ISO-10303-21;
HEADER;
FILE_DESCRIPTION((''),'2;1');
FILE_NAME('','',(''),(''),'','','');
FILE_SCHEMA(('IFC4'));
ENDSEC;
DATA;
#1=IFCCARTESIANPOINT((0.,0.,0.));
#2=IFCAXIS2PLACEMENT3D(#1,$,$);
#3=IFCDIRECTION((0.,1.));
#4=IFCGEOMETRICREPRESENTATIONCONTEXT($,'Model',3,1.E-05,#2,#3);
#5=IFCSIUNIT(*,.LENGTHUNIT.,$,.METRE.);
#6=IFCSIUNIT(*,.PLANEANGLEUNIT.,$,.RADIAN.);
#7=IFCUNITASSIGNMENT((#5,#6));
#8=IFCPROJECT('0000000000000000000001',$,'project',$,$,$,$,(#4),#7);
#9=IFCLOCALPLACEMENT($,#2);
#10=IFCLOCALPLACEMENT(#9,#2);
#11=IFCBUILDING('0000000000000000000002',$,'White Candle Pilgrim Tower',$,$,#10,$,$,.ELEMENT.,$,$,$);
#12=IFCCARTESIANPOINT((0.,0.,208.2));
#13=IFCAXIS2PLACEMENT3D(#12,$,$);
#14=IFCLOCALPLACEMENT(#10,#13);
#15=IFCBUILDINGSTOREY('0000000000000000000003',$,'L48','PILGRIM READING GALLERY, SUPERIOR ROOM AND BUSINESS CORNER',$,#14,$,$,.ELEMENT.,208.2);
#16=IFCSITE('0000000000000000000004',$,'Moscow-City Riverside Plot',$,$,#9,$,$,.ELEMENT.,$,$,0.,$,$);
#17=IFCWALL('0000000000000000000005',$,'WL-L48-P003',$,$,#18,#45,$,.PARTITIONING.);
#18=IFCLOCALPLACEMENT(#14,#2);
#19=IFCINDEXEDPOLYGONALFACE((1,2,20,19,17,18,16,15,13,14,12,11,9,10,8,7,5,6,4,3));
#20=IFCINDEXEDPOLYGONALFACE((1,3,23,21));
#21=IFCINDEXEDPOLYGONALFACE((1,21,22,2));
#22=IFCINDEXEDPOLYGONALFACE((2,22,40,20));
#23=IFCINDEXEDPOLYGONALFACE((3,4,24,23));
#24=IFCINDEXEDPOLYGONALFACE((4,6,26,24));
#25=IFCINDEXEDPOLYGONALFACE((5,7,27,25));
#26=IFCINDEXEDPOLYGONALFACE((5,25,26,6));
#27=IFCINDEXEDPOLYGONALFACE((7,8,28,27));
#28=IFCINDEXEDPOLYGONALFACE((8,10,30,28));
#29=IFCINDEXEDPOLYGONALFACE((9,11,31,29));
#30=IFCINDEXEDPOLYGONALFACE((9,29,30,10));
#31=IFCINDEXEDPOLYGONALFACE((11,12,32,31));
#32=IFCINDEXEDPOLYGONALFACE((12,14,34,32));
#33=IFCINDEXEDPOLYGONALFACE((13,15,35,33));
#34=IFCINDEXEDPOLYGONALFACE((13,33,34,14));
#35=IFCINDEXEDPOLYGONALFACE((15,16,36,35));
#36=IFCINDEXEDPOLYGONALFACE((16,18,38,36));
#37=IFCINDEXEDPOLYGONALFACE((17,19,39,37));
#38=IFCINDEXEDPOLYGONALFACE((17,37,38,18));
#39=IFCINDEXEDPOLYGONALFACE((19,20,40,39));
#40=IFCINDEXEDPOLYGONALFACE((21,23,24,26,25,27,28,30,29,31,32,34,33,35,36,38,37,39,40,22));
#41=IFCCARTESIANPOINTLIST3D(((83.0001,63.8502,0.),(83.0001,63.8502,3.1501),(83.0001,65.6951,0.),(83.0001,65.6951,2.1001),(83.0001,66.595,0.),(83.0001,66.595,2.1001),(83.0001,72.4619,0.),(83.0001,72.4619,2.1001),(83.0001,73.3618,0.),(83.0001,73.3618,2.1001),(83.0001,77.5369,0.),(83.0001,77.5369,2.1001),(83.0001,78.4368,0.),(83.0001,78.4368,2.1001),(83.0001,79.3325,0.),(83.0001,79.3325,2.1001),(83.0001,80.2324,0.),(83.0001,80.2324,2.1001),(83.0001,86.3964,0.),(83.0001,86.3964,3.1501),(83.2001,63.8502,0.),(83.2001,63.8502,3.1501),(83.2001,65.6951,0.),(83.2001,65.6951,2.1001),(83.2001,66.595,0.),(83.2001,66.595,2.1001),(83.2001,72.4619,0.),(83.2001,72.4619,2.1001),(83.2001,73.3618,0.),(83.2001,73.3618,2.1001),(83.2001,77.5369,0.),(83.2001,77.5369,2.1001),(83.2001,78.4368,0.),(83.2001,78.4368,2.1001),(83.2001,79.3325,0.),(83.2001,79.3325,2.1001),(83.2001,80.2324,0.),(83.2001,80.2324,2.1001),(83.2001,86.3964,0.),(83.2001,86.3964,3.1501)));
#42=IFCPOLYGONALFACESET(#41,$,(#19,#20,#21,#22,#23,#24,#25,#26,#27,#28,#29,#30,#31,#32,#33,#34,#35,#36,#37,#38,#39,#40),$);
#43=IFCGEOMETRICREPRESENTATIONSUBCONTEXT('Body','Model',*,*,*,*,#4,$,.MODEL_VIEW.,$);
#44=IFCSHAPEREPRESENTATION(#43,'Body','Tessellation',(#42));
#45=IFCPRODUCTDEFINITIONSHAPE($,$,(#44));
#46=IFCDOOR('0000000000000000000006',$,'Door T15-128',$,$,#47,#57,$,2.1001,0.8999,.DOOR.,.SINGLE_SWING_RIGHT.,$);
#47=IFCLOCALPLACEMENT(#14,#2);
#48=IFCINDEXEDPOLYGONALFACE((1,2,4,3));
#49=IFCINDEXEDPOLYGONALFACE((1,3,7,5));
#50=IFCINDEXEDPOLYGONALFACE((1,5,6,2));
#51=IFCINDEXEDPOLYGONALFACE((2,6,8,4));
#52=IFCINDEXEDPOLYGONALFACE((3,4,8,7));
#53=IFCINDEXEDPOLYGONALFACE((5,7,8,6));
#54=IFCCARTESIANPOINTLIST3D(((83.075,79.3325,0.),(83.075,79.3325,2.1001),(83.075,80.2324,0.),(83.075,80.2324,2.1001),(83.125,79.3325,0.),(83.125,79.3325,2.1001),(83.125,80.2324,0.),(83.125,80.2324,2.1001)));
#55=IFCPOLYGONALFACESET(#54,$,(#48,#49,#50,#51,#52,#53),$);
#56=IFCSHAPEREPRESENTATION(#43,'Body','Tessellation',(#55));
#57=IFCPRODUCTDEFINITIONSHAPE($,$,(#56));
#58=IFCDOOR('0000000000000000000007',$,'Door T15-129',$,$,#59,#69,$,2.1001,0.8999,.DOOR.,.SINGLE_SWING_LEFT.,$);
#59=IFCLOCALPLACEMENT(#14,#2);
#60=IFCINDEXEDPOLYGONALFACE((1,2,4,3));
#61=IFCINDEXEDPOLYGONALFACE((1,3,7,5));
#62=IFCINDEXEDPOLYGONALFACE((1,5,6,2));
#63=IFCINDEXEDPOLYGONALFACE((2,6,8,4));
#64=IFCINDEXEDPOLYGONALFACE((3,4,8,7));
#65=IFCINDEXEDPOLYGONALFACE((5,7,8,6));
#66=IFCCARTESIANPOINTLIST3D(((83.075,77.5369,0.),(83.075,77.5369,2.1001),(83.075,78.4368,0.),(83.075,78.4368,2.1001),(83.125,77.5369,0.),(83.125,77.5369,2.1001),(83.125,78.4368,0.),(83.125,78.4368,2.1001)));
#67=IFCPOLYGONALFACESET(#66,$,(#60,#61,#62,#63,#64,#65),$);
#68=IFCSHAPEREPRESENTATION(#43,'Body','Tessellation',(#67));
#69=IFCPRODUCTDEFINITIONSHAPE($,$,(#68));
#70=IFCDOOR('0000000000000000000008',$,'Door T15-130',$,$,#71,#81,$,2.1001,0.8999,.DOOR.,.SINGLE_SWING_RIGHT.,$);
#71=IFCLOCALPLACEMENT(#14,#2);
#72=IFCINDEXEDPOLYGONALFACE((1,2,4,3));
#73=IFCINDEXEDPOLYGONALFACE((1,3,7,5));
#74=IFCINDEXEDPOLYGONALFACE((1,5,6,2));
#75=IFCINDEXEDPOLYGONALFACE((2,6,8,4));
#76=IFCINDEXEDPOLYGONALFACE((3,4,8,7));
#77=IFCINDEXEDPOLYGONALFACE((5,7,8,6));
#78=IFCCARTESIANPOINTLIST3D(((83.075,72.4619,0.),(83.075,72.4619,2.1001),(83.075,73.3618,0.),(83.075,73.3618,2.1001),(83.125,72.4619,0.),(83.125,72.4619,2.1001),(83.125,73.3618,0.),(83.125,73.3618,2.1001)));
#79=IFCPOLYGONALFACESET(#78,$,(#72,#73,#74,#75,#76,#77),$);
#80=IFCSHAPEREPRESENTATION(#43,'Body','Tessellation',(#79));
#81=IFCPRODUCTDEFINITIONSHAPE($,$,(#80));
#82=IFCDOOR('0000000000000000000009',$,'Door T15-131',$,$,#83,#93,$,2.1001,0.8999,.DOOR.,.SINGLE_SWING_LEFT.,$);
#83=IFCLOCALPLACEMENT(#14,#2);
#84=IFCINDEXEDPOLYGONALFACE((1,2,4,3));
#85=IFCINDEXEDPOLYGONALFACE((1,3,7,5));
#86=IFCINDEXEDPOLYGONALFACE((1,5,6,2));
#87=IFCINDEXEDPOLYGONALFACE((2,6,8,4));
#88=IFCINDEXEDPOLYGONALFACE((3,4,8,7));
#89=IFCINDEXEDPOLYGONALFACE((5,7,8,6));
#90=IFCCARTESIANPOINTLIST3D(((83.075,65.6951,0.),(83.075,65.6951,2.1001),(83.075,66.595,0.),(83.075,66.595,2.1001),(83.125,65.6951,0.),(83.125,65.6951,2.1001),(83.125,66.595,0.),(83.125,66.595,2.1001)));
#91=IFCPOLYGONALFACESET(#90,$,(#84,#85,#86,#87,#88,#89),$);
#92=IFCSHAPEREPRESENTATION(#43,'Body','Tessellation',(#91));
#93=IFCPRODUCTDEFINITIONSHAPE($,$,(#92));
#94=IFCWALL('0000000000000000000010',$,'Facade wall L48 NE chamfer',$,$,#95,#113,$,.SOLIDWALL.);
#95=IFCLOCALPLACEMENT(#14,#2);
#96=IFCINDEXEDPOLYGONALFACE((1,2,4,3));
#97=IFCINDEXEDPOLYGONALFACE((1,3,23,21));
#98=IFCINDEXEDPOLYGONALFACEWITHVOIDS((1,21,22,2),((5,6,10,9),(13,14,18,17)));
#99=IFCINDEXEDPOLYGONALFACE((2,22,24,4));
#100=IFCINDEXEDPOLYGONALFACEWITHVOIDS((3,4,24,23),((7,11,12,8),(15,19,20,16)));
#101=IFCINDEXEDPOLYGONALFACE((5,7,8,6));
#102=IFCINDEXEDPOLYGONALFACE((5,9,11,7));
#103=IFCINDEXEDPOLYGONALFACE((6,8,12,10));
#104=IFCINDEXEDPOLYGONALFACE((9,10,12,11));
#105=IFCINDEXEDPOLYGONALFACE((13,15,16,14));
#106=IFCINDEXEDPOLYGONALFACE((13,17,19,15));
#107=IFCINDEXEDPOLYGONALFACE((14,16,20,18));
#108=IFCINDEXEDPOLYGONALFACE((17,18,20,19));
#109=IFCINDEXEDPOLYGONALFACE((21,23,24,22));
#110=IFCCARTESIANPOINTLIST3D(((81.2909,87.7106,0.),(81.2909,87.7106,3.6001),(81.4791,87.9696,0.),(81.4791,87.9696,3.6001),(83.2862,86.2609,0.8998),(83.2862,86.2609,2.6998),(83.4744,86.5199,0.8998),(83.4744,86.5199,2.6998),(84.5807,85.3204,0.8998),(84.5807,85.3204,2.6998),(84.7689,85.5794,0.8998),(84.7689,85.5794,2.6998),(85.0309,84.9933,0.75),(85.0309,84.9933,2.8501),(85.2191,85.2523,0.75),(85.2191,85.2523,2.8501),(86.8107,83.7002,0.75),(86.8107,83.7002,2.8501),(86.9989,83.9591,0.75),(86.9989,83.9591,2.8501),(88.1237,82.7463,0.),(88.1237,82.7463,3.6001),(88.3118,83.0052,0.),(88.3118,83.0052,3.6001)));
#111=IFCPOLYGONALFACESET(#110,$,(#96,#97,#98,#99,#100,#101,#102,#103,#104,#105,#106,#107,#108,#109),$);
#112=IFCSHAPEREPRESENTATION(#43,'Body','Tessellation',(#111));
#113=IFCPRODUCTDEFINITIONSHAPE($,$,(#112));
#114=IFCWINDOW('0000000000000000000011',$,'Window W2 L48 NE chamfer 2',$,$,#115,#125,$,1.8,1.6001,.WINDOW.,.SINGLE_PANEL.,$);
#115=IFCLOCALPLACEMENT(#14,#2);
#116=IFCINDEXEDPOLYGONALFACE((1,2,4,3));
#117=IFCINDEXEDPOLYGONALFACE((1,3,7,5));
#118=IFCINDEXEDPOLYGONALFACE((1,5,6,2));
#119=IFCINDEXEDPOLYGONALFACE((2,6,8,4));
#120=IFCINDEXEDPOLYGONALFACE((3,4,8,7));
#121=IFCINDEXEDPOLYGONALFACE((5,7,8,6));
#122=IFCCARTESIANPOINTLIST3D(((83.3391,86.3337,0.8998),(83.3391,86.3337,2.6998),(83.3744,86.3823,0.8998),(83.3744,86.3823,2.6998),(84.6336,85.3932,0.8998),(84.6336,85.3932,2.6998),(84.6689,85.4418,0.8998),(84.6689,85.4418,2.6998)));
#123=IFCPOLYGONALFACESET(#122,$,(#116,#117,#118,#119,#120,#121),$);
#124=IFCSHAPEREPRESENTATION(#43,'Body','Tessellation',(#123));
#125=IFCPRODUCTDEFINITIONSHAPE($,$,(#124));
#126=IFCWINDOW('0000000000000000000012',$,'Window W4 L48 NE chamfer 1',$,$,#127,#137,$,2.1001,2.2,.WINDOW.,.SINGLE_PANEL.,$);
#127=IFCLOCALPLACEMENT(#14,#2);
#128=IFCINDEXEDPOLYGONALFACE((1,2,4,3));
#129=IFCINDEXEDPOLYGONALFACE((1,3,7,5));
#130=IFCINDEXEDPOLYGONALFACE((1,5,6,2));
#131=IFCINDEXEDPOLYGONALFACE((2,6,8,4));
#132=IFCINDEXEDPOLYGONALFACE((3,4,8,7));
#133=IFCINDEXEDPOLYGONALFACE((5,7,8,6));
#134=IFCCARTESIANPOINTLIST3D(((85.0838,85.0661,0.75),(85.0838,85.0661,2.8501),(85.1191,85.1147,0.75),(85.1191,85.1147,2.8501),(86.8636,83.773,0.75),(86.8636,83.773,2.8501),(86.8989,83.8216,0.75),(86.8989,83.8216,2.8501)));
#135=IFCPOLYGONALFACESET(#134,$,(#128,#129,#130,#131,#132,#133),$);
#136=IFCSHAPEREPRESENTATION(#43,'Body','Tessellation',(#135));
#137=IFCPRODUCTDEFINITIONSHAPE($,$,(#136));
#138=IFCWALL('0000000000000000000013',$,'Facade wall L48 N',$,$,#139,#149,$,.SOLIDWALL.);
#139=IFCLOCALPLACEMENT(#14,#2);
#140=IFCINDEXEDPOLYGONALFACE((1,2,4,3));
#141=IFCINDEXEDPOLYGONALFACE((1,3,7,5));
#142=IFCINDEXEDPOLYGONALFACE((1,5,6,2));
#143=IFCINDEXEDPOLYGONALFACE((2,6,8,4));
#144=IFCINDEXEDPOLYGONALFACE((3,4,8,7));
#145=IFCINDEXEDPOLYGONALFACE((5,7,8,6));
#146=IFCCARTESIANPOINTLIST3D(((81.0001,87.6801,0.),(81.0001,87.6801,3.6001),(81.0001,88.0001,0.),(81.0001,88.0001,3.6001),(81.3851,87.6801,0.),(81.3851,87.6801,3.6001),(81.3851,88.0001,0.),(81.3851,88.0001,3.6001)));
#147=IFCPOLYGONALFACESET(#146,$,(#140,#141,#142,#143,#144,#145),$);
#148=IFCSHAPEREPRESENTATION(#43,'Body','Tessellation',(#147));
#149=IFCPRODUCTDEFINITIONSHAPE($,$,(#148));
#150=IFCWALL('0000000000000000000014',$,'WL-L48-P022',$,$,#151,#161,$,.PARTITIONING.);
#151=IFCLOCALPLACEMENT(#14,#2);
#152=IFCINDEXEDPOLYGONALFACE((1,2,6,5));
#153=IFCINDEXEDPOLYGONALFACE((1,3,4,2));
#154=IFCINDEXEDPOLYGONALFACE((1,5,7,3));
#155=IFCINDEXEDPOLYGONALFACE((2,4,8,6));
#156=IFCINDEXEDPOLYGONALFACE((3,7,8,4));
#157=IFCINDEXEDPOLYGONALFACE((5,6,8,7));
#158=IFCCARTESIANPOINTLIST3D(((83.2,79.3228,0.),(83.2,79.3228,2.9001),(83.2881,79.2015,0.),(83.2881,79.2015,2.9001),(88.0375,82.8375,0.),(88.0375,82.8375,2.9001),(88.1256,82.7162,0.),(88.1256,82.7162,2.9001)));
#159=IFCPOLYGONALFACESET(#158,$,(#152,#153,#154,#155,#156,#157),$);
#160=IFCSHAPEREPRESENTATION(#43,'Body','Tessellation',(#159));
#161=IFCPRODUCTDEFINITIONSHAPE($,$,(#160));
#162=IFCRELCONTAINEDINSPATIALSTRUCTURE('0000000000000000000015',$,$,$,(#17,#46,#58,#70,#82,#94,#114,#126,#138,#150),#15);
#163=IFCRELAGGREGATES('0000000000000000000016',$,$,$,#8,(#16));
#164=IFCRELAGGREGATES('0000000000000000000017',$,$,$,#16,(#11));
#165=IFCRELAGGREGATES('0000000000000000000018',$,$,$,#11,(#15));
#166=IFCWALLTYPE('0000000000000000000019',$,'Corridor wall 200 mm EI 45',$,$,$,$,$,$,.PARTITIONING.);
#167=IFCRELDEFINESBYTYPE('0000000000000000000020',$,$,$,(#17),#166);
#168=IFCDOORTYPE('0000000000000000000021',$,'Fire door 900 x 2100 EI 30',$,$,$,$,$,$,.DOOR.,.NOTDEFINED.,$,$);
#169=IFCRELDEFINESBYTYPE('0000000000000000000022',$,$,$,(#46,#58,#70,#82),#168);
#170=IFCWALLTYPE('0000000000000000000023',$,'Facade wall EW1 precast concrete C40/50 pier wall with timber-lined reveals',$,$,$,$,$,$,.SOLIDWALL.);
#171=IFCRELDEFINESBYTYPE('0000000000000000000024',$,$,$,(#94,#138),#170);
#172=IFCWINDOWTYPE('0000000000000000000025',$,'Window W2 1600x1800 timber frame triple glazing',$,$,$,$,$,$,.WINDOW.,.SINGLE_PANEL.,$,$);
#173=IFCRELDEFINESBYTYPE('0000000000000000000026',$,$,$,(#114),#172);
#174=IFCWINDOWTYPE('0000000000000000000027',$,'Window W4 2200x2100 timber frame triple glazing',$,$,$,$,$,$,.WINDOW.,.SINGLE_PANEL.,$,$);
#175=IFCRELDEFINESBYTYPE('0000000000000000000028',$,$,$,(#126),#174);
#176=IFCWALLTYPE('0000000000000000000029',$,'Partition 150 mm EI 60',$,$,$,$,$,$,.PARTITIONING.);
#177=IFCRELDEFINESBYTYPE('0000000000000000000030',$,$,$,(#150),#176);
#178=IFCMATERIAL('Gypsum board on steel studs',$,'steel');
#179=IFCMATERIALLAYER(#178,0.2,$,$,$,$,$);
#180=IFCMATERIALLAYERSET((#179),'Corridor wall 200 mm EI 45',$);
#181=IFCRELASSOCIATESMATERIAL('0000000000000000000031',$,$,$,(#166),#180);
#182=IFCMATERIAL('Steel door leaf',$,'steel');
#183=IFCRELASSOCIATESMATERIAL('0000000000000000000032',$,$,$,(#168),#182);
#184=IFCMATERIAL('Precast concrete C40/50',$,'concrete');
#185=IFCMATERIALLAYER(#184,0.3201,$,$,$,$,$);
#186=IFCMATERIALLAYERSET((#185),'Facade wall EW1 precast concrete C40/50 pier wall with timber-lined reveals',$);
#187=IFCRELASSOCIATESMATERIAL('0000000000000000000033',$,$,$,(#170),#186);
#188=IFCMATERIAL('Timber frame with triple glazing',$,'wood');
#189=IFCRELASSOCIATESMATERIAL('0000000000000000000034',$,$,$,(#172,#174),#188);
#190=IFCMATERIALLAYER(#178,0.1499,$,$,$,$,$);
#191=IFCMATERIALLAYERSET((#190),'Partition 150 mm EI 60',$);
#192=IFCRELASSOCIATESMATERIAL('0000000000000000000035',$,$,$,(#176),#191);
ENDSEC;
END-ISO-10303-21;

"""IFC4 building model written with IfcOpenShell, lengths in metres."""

from ifc_helpers import new_model, si_unit, direction, frame, frame_2d, origin, place, context, subcontext, project, spatial, rectangle, extrude, material, layer, layer_set, type_object, element, fill, save


model = new_model("IFC4")

# Units and contexts
model_context = context("Model", 3, precision=1e-05, world=origin(), true_north=direction((0.0, 1.0)))
body_context = subcontext(model_context, "Body", "Model", "MODEL_VIEW")
ifc_project = project(units=[si_unit("LENGTHUNIT", "METRE"), si_unit("PLANEANGLEUNIT", "RADIAN")], contexts=[model_context])

# Site, building, storey
site_placement = place(None, origin())
site = spatial("IfcSite", under=ifc_project, at=site_placement, Name="Moscow-City Riverside Plot", CompositionType="ELEMENT", RefElevation=0.0)
building_placement = place(site_placement, origin())
building = spatial("IfcBuilding", under=site, at=building_placement, Name="White Candle Pilgrim Tower", CompositionType="ELEMENT")
storey_placement = place(building_placement, frame((0.0, 0.0, 208.2)))
storey = spatial("IfcBuildingStorey", under=building, at=storey_placement, Name="L48", Description="PILGRIM READING GALLERY, SUPERIOR ROOM AND BUSINESS CORNER", CompositionType="ELEMENT", Elevation=208.2)

# Shared definitions
ifc_material_1 = material(Name="Steel door leaf", Category="steel")

# Wall, openings, doors
ifc_material_2 = material(Name="Gypsum board on steel studs", Category="steel")
ifc_layer_1 = layer(ifc_material_2, 0.2)
ifc_layer_set_1 = layer_set([ifc_layer_1], Name="Corridor wall 200 mm EI 45")
wall_type_1 = type_object("IfcWallType", Name="Corridor wall 200 mm EI 45", PredefinedType="PARTITIONING", material=ifc_layer_set_1)
wall_1_placement = place(storey_placement, frame((83.1001, 86.3962, 0.0), z_axis=(0.0, 0.0, 1.0), x_axis=(0.0, -1.0, 0.0)))
wall_1 = element("IfcWall", 1, at=wall_1_placement, inside=storey, type_object=wall_type_1, Name="WL-L48-P003", PredefinedType="PARTITIONING", context=body_context, shape_type="SweptSolid", body=[
    extrude(rectangle(XDim=22.5461, YDim=0.2, at=frame_2d((11.2729, 0.0))), origin(), (0.0, 0.0, 1.0), 3.1501),
])
opening_1_placement = place(wall_1_placement, frame((6.1638, 0.0, 0.0)))
opening_1 = element("IfcOpeningElement", 2, at=opening_1_placement, cuts=wall_1, PredefinedType="OPENING", context=body_context, shape_type="SweptSolid", body=[
    extrude(rectangle(XDim=0.8999, YDim=2.1001, at=frame_2d((0.45, 1.05))), frame((0.0, 0.1099, 0.0), z_axis=(0.0, -1.0, 0.0), x_axis=(1.0, 0.0, 0.0)), (0.0, 0.0, 1.0), 0.22),
])
opening_2_placement = place(wall_1_placement, frame((7.9595, 0.0, 0.0)))
opening_2 = element("IfcOpeningElement", 3, at=opening_2_placement, cuts=wall_1, PredefinedType="OPENING", context=body_context, shape_type="SweptSolid", body=[
    extrude(rectangle(XDim=0.8999, YDim=2.1001, at=frame_2d((0.45, 1.05))), frame((0.0, 0.1099, 0.0), z_axis=(0.0, -1.0, 0.0), x_axis=(1.0, 0.0, 0.0)), (0.0, 0.0, 1.0), 0.22),
])
opening_3_placement = place(wall_1_placement, frame((13.0344, 0.0, 0.0)))
opening_3 = element("IfcOpeningElement", 4, at=opening_3_placement, cuts=wall_1, PredefinedType="OPENING", context=body_context, shape_type="SweptSolid", body=[
    extrude(rectangle(XDim=0.8999, YDim=2.1001, at=frame_2d((0.45, 1.05))), frame((0.0, 0.1099, 0.0), z_axis=(0.0, -1.0, 0.0), x_axis=(1.0, 0.0, 0.0)), (0.0, 0.0, 1.0), 0.22),
])
opening_4_placement = place(wall_1_placement, frame((19.8013, 0.0, 0.0)))
opening_4 = element("IfcOpeningElement", 5, at=opening_4_placement, cuts=wall_1, PredefinedType="OPENING", context=body_context, shape_type="SweptSolid", body=[
    extrude(rectangle(XDim=0.8999, YDim=2.1001, at=frame_2d((0.45, 1.05))), frame((0.0, 0.1099, 0.0), z_axis=(0.0, -1.0, 0.0), x_axis=(1.0, 0.0, 0.0)), (0.0, 0.0, 1.0), 0.22),
])
door_type_1 = type_object("IfcDoorType", Name="Fire door 900 x 2100 EI 30", OperationType="NOTDEFINED", PredefinedType="DOOR", material=ifc_material_1)
door_1_placement = place(opening_1_placement, origin())
door_1 = element("IfcDoor", 6, at=door_1_placement, inside=storey, type_object=door_type_1, Name="Door T15-128", OperationType="SINGLE_SWING_RIGHT", OverallHeight=2.1001, OverallWidth=0.8999, PredefinedType="DOOR", context=body_context, shape_type="SweptSolid", body=[
    extrude(rectangle(XDim=0.8999, YDim=2.1001, at=frame_2d((0.45, 1.05))), frame((0.0, 0.0249, 0.0), z_axis=(0.0, -1.0, 0.0), x_axis=(1.0, 0.0, 0.0)), (0.0, 0.0, 1.0), 0.05),
])
fill(opening_1, door_1)
door_2_placement = place(opening_2_placement, origin())
door_2 = element("IfcDoor", 7, at=door_2_placement, inside=storey, type_object=door_type_1, Name="Door T15-129", OperationType="SINGLE_SWING_LEFT", OverallHeight=2.1001, OverallWidth=0.8999, PredefinedType="DOOR", context=body_context, shape_type="SweptSolid", body=[
    extrude(rectangle(XDim=0.8999, YDim=2.1001, at=frame_2d((0.45, 1.05))), frame((0.0, 0.0249, 0.0), z_axis=(0.0, -1.0, 0.0), x_axis=(1.0, 0.0, 0.0)), (0.0, 0.0, 1.0), 0.05),
])
fill(opening_2, door_2)
door_3_placement = place(opening_3_placement, origin())
door_3 = element("IfcDoor", 8, at=door_3_placement, inside=storey, type_object=door_type_1, Name="Door T15-130", OperationType="SINGLE_SWING_RIGHT", OverallHeight=2.1001, OverallWidth=0.8999, PredefinedType="DOOR", context=body_context, shape_type="SweptSolid", body=[
    extrude(rectangle(XDim=0.8999, YDim=2.1001, at=frame_2d((0.45, 1.05))), frame((0.0, 0.0249, 0.0), z_axis=(0.0, -1.0, 0.0), x_axis=(1.0, 0.0, 0.0)), (0.0, 0.0, 1.0), 0.05),
])
fill(opening_3, door_3)
door_4_placement = place(opening_4_placement, origin())
door_4 = element("IfcDoor", 9, at=door_4_placement, inside=storey, type_object=door_type_1, Name="Door T15-131", OperationType="SINGLE_SWING_LEFT", OverallHeight=2.1001, OverallWidth=0.8999, PredefinedType="DOOR", context=body_context, shape_type="SweptSolid", body=[
    extrude(rectangle(XDim=0.8999, YDim=2.1001, at=frame_2d((0.45, 1.05))), frame((0.0, 0.0249, 0.0), z_axis=(0.0, -1.0, 0.0), x_axis=(1.0, 0.0, 0.0)), (0.0, 0.0, 1.0), 0.05),
])
fill(opening_4, door_4)

# Wall, openings, windows
ifc_material_3 = material(Name="Precast concrete C40/50", Category="concrete")
ifc_layer_2 = layer(ifc_material_3, 0.3201)
ifc_layer_set_2 = layer_set([ifc_layer_2], Name="Facade wall EW1 precast concrete C40/50 pier wall with timber-lined reveals")
wall_type_2 = type_object("IfcWallType", Name="Facade wall EW1 precast concrete C40/50 pier wall with timber-lined reveals", PredefinedType="SOLIDWALL", material=ifc_layer_set_2)
wall_2_placement = place(storey_placement, frame((88.2178, 82.8757, 0.0), z_axis=(0.0, 0.0, 1.0), x_axis=(-0.809013, 0.58779, 0.0)))
wall_2 = element("IfcWall", 10, at=wall_2_placement, inside=storey, type_object=wall_type_2, Name="Facade wall L48 NE chamfer", PredefinedType="SOLIDWALL", context=body_context, shape_type="SweptSolid", body=[
    extrude(rectangle(XDim=8.4458, YDim=0.3201, at=frame_2d((4.2229, 0.0))), origin(), (0.0, 0.0, 1.0), 3.6001),
])
opening_5_placement = place(wall_2_placement, frame((1.6228, 0.0, 0.75)))
opening_5 = element("IfcOpeningElement", 11, at=opening_5_placement, cuts=wall_2, PredefinedType="OPENING", context=body_context, shape_type="SweptSolid", body=[
    extrude(rectangle(XDim=2.2, YDim=2.1001, at=frame_2d((1.1001, 1.05))), frame((0.0, 0.1699, 0.0), z_axis=(0.0, -1.0, 0.0), x_axis=(1.0, 0.0, 0.0)), (0.0, 0.0, 1.0), 0.3401),
])
opening_6_placement = place(wall_2_placement, frame((4.3794, 0.0, 0.8999)))
opening_6 = element("IfcOpeningElement", 12, at=opening_6_placement, cuts=wall_2, PredefinedType="OPENING", context=body_context, shape_type="SweptSolid", body=[
    extrude(rectangle(XDim=1.6001, YDim=1.8, at=frame_2d((0.8, 0.8999))), frame((0.0, 0.1699, 0.0), z_axis=(0.0, -1.0, 0.0), x_axis=(1.0, 0.0, 0.0)), (0.0, 0.0, 1.0), 0.3401),
])
ifc_material_4 = material(Name="Timber frame with triple glazing", Category="wood")
window_type_1 = type_object("IfcWindowType", Name="Window W2 1600x1800 timber frame triple glazing", PartitioningType="SINGLE_PANEL", PredefinedType="WINDOW", material=ifc_material_4)
window_1_placement = place(opening_6_placement, origin())
window_1 = element("IfcWindow", 13, at=window_1_placement, inside=storey, type_object=window_type_1, Name="Window W2 L48 NE chamfer 2", OverallHeight=1.8, OverallWidth=1.6001, PartitioningType="SINGLE_PANEL", PredefinedType="WINDOW", context=body_context, shape_type="SweptSolid", body=[
    extrude(rectangle(XDim=1.6001, YDim=1.8, at=frame_2d((0.8, 0.8999))), frame((0.0, 0.0701, 0.0), z_axis=(0.0, -1.0, 0.0), x_axis=(1.0, 0.0, 0.0)), (0.0, 0.0, 1.0), 0.0601),
])
fill(opening_6, window_1)
window_type_2 = type_object("IfcWindowType", Name="Window W4 2200x2100 timber frame triple glazing", PartitioningType="SINGLE_PANEL", PredefinedType="WINDOW", material=ifc_material_4)
window_2_placement = place(opening_5_placement, origin())
window_2 = element("IfcWindow", 14, at=window_2_placement, inside=storey, type_object=window_type_2, Name="Window W4 L48 NE chamfer 1", OverallHeight=2.1001, OverallWidth=2.2, PartitioningType="SINGLE_PANEL", PredefinedType="WINDOW", context=body_context, shape_type="SweptSolid", body=[
    extrude(rectangle(XDim=2.2, YDim=2.1001, at=frame_2d((1.1001, 1.05))), frame((0.0, 0.0701, 0.0), z_axis=(0.0, -1.0, 0.0), x_axis=(1.0, 0.0, 0.0)), (0.0, 0.0, 1.0), 0.0601),
])
fill(opening_5, window_2)

# Walls
wall_3_placement = place(storey_placement, frame((81.385, 87.8401, 0.0), z_axis=(0.0, 0.0, 1.0), x_axis=(-1.0, 0.0, 0.0)))
element("IfcWall", 15, at=wall_3_placement, inside=storey, type_object=wall_type_2, Name="Facade wall L48 N", PredefinedType="SOLIDWALL", context=body_context, shape_type="SweptSolid", body=[
    extrude(rectangle(XDim=0.385, YDim=0.3201, at=frame_2d((0.1924, 0.0))), origin(), (0.0, 0.0, 1.0), 3.6001),
])
ifc_layer_3 = layer(ifc_material_2, 0.1499)
ifc_layer_set_3 = layer_set([ifc_layer_3], Name="Partition 150 mm EI 60")
wall_type_3 = type_object("IfcWallType", Name="Partition 150 mm EI 60", PredefinedType="PARTITIONING", material=ifc_layer_set_3)
wall_4_placement = place(storey_placement, frame((88.0815, 82.7769, 0.0), z_axis=(0.0, 0.0, 1.0), x_axis=(-0.809011, -0.587793, 0.0)))
element("IfcWall", 16, at=wall_4_placement, inside=storey, type_object=wall_type_3, Name="WL-L48-P022", PredefinedType="PARTITIONING", context=body_context, shape_type="SweptSolid", body=[
    extrude(rectangle(XDim=5.9795, YDim=0.1499, at=frame_2d((2.9897, 0.0))), origin(), (0.0, 0.0, 1.0), 2.9001),
])

save(model, "model.ifc")
